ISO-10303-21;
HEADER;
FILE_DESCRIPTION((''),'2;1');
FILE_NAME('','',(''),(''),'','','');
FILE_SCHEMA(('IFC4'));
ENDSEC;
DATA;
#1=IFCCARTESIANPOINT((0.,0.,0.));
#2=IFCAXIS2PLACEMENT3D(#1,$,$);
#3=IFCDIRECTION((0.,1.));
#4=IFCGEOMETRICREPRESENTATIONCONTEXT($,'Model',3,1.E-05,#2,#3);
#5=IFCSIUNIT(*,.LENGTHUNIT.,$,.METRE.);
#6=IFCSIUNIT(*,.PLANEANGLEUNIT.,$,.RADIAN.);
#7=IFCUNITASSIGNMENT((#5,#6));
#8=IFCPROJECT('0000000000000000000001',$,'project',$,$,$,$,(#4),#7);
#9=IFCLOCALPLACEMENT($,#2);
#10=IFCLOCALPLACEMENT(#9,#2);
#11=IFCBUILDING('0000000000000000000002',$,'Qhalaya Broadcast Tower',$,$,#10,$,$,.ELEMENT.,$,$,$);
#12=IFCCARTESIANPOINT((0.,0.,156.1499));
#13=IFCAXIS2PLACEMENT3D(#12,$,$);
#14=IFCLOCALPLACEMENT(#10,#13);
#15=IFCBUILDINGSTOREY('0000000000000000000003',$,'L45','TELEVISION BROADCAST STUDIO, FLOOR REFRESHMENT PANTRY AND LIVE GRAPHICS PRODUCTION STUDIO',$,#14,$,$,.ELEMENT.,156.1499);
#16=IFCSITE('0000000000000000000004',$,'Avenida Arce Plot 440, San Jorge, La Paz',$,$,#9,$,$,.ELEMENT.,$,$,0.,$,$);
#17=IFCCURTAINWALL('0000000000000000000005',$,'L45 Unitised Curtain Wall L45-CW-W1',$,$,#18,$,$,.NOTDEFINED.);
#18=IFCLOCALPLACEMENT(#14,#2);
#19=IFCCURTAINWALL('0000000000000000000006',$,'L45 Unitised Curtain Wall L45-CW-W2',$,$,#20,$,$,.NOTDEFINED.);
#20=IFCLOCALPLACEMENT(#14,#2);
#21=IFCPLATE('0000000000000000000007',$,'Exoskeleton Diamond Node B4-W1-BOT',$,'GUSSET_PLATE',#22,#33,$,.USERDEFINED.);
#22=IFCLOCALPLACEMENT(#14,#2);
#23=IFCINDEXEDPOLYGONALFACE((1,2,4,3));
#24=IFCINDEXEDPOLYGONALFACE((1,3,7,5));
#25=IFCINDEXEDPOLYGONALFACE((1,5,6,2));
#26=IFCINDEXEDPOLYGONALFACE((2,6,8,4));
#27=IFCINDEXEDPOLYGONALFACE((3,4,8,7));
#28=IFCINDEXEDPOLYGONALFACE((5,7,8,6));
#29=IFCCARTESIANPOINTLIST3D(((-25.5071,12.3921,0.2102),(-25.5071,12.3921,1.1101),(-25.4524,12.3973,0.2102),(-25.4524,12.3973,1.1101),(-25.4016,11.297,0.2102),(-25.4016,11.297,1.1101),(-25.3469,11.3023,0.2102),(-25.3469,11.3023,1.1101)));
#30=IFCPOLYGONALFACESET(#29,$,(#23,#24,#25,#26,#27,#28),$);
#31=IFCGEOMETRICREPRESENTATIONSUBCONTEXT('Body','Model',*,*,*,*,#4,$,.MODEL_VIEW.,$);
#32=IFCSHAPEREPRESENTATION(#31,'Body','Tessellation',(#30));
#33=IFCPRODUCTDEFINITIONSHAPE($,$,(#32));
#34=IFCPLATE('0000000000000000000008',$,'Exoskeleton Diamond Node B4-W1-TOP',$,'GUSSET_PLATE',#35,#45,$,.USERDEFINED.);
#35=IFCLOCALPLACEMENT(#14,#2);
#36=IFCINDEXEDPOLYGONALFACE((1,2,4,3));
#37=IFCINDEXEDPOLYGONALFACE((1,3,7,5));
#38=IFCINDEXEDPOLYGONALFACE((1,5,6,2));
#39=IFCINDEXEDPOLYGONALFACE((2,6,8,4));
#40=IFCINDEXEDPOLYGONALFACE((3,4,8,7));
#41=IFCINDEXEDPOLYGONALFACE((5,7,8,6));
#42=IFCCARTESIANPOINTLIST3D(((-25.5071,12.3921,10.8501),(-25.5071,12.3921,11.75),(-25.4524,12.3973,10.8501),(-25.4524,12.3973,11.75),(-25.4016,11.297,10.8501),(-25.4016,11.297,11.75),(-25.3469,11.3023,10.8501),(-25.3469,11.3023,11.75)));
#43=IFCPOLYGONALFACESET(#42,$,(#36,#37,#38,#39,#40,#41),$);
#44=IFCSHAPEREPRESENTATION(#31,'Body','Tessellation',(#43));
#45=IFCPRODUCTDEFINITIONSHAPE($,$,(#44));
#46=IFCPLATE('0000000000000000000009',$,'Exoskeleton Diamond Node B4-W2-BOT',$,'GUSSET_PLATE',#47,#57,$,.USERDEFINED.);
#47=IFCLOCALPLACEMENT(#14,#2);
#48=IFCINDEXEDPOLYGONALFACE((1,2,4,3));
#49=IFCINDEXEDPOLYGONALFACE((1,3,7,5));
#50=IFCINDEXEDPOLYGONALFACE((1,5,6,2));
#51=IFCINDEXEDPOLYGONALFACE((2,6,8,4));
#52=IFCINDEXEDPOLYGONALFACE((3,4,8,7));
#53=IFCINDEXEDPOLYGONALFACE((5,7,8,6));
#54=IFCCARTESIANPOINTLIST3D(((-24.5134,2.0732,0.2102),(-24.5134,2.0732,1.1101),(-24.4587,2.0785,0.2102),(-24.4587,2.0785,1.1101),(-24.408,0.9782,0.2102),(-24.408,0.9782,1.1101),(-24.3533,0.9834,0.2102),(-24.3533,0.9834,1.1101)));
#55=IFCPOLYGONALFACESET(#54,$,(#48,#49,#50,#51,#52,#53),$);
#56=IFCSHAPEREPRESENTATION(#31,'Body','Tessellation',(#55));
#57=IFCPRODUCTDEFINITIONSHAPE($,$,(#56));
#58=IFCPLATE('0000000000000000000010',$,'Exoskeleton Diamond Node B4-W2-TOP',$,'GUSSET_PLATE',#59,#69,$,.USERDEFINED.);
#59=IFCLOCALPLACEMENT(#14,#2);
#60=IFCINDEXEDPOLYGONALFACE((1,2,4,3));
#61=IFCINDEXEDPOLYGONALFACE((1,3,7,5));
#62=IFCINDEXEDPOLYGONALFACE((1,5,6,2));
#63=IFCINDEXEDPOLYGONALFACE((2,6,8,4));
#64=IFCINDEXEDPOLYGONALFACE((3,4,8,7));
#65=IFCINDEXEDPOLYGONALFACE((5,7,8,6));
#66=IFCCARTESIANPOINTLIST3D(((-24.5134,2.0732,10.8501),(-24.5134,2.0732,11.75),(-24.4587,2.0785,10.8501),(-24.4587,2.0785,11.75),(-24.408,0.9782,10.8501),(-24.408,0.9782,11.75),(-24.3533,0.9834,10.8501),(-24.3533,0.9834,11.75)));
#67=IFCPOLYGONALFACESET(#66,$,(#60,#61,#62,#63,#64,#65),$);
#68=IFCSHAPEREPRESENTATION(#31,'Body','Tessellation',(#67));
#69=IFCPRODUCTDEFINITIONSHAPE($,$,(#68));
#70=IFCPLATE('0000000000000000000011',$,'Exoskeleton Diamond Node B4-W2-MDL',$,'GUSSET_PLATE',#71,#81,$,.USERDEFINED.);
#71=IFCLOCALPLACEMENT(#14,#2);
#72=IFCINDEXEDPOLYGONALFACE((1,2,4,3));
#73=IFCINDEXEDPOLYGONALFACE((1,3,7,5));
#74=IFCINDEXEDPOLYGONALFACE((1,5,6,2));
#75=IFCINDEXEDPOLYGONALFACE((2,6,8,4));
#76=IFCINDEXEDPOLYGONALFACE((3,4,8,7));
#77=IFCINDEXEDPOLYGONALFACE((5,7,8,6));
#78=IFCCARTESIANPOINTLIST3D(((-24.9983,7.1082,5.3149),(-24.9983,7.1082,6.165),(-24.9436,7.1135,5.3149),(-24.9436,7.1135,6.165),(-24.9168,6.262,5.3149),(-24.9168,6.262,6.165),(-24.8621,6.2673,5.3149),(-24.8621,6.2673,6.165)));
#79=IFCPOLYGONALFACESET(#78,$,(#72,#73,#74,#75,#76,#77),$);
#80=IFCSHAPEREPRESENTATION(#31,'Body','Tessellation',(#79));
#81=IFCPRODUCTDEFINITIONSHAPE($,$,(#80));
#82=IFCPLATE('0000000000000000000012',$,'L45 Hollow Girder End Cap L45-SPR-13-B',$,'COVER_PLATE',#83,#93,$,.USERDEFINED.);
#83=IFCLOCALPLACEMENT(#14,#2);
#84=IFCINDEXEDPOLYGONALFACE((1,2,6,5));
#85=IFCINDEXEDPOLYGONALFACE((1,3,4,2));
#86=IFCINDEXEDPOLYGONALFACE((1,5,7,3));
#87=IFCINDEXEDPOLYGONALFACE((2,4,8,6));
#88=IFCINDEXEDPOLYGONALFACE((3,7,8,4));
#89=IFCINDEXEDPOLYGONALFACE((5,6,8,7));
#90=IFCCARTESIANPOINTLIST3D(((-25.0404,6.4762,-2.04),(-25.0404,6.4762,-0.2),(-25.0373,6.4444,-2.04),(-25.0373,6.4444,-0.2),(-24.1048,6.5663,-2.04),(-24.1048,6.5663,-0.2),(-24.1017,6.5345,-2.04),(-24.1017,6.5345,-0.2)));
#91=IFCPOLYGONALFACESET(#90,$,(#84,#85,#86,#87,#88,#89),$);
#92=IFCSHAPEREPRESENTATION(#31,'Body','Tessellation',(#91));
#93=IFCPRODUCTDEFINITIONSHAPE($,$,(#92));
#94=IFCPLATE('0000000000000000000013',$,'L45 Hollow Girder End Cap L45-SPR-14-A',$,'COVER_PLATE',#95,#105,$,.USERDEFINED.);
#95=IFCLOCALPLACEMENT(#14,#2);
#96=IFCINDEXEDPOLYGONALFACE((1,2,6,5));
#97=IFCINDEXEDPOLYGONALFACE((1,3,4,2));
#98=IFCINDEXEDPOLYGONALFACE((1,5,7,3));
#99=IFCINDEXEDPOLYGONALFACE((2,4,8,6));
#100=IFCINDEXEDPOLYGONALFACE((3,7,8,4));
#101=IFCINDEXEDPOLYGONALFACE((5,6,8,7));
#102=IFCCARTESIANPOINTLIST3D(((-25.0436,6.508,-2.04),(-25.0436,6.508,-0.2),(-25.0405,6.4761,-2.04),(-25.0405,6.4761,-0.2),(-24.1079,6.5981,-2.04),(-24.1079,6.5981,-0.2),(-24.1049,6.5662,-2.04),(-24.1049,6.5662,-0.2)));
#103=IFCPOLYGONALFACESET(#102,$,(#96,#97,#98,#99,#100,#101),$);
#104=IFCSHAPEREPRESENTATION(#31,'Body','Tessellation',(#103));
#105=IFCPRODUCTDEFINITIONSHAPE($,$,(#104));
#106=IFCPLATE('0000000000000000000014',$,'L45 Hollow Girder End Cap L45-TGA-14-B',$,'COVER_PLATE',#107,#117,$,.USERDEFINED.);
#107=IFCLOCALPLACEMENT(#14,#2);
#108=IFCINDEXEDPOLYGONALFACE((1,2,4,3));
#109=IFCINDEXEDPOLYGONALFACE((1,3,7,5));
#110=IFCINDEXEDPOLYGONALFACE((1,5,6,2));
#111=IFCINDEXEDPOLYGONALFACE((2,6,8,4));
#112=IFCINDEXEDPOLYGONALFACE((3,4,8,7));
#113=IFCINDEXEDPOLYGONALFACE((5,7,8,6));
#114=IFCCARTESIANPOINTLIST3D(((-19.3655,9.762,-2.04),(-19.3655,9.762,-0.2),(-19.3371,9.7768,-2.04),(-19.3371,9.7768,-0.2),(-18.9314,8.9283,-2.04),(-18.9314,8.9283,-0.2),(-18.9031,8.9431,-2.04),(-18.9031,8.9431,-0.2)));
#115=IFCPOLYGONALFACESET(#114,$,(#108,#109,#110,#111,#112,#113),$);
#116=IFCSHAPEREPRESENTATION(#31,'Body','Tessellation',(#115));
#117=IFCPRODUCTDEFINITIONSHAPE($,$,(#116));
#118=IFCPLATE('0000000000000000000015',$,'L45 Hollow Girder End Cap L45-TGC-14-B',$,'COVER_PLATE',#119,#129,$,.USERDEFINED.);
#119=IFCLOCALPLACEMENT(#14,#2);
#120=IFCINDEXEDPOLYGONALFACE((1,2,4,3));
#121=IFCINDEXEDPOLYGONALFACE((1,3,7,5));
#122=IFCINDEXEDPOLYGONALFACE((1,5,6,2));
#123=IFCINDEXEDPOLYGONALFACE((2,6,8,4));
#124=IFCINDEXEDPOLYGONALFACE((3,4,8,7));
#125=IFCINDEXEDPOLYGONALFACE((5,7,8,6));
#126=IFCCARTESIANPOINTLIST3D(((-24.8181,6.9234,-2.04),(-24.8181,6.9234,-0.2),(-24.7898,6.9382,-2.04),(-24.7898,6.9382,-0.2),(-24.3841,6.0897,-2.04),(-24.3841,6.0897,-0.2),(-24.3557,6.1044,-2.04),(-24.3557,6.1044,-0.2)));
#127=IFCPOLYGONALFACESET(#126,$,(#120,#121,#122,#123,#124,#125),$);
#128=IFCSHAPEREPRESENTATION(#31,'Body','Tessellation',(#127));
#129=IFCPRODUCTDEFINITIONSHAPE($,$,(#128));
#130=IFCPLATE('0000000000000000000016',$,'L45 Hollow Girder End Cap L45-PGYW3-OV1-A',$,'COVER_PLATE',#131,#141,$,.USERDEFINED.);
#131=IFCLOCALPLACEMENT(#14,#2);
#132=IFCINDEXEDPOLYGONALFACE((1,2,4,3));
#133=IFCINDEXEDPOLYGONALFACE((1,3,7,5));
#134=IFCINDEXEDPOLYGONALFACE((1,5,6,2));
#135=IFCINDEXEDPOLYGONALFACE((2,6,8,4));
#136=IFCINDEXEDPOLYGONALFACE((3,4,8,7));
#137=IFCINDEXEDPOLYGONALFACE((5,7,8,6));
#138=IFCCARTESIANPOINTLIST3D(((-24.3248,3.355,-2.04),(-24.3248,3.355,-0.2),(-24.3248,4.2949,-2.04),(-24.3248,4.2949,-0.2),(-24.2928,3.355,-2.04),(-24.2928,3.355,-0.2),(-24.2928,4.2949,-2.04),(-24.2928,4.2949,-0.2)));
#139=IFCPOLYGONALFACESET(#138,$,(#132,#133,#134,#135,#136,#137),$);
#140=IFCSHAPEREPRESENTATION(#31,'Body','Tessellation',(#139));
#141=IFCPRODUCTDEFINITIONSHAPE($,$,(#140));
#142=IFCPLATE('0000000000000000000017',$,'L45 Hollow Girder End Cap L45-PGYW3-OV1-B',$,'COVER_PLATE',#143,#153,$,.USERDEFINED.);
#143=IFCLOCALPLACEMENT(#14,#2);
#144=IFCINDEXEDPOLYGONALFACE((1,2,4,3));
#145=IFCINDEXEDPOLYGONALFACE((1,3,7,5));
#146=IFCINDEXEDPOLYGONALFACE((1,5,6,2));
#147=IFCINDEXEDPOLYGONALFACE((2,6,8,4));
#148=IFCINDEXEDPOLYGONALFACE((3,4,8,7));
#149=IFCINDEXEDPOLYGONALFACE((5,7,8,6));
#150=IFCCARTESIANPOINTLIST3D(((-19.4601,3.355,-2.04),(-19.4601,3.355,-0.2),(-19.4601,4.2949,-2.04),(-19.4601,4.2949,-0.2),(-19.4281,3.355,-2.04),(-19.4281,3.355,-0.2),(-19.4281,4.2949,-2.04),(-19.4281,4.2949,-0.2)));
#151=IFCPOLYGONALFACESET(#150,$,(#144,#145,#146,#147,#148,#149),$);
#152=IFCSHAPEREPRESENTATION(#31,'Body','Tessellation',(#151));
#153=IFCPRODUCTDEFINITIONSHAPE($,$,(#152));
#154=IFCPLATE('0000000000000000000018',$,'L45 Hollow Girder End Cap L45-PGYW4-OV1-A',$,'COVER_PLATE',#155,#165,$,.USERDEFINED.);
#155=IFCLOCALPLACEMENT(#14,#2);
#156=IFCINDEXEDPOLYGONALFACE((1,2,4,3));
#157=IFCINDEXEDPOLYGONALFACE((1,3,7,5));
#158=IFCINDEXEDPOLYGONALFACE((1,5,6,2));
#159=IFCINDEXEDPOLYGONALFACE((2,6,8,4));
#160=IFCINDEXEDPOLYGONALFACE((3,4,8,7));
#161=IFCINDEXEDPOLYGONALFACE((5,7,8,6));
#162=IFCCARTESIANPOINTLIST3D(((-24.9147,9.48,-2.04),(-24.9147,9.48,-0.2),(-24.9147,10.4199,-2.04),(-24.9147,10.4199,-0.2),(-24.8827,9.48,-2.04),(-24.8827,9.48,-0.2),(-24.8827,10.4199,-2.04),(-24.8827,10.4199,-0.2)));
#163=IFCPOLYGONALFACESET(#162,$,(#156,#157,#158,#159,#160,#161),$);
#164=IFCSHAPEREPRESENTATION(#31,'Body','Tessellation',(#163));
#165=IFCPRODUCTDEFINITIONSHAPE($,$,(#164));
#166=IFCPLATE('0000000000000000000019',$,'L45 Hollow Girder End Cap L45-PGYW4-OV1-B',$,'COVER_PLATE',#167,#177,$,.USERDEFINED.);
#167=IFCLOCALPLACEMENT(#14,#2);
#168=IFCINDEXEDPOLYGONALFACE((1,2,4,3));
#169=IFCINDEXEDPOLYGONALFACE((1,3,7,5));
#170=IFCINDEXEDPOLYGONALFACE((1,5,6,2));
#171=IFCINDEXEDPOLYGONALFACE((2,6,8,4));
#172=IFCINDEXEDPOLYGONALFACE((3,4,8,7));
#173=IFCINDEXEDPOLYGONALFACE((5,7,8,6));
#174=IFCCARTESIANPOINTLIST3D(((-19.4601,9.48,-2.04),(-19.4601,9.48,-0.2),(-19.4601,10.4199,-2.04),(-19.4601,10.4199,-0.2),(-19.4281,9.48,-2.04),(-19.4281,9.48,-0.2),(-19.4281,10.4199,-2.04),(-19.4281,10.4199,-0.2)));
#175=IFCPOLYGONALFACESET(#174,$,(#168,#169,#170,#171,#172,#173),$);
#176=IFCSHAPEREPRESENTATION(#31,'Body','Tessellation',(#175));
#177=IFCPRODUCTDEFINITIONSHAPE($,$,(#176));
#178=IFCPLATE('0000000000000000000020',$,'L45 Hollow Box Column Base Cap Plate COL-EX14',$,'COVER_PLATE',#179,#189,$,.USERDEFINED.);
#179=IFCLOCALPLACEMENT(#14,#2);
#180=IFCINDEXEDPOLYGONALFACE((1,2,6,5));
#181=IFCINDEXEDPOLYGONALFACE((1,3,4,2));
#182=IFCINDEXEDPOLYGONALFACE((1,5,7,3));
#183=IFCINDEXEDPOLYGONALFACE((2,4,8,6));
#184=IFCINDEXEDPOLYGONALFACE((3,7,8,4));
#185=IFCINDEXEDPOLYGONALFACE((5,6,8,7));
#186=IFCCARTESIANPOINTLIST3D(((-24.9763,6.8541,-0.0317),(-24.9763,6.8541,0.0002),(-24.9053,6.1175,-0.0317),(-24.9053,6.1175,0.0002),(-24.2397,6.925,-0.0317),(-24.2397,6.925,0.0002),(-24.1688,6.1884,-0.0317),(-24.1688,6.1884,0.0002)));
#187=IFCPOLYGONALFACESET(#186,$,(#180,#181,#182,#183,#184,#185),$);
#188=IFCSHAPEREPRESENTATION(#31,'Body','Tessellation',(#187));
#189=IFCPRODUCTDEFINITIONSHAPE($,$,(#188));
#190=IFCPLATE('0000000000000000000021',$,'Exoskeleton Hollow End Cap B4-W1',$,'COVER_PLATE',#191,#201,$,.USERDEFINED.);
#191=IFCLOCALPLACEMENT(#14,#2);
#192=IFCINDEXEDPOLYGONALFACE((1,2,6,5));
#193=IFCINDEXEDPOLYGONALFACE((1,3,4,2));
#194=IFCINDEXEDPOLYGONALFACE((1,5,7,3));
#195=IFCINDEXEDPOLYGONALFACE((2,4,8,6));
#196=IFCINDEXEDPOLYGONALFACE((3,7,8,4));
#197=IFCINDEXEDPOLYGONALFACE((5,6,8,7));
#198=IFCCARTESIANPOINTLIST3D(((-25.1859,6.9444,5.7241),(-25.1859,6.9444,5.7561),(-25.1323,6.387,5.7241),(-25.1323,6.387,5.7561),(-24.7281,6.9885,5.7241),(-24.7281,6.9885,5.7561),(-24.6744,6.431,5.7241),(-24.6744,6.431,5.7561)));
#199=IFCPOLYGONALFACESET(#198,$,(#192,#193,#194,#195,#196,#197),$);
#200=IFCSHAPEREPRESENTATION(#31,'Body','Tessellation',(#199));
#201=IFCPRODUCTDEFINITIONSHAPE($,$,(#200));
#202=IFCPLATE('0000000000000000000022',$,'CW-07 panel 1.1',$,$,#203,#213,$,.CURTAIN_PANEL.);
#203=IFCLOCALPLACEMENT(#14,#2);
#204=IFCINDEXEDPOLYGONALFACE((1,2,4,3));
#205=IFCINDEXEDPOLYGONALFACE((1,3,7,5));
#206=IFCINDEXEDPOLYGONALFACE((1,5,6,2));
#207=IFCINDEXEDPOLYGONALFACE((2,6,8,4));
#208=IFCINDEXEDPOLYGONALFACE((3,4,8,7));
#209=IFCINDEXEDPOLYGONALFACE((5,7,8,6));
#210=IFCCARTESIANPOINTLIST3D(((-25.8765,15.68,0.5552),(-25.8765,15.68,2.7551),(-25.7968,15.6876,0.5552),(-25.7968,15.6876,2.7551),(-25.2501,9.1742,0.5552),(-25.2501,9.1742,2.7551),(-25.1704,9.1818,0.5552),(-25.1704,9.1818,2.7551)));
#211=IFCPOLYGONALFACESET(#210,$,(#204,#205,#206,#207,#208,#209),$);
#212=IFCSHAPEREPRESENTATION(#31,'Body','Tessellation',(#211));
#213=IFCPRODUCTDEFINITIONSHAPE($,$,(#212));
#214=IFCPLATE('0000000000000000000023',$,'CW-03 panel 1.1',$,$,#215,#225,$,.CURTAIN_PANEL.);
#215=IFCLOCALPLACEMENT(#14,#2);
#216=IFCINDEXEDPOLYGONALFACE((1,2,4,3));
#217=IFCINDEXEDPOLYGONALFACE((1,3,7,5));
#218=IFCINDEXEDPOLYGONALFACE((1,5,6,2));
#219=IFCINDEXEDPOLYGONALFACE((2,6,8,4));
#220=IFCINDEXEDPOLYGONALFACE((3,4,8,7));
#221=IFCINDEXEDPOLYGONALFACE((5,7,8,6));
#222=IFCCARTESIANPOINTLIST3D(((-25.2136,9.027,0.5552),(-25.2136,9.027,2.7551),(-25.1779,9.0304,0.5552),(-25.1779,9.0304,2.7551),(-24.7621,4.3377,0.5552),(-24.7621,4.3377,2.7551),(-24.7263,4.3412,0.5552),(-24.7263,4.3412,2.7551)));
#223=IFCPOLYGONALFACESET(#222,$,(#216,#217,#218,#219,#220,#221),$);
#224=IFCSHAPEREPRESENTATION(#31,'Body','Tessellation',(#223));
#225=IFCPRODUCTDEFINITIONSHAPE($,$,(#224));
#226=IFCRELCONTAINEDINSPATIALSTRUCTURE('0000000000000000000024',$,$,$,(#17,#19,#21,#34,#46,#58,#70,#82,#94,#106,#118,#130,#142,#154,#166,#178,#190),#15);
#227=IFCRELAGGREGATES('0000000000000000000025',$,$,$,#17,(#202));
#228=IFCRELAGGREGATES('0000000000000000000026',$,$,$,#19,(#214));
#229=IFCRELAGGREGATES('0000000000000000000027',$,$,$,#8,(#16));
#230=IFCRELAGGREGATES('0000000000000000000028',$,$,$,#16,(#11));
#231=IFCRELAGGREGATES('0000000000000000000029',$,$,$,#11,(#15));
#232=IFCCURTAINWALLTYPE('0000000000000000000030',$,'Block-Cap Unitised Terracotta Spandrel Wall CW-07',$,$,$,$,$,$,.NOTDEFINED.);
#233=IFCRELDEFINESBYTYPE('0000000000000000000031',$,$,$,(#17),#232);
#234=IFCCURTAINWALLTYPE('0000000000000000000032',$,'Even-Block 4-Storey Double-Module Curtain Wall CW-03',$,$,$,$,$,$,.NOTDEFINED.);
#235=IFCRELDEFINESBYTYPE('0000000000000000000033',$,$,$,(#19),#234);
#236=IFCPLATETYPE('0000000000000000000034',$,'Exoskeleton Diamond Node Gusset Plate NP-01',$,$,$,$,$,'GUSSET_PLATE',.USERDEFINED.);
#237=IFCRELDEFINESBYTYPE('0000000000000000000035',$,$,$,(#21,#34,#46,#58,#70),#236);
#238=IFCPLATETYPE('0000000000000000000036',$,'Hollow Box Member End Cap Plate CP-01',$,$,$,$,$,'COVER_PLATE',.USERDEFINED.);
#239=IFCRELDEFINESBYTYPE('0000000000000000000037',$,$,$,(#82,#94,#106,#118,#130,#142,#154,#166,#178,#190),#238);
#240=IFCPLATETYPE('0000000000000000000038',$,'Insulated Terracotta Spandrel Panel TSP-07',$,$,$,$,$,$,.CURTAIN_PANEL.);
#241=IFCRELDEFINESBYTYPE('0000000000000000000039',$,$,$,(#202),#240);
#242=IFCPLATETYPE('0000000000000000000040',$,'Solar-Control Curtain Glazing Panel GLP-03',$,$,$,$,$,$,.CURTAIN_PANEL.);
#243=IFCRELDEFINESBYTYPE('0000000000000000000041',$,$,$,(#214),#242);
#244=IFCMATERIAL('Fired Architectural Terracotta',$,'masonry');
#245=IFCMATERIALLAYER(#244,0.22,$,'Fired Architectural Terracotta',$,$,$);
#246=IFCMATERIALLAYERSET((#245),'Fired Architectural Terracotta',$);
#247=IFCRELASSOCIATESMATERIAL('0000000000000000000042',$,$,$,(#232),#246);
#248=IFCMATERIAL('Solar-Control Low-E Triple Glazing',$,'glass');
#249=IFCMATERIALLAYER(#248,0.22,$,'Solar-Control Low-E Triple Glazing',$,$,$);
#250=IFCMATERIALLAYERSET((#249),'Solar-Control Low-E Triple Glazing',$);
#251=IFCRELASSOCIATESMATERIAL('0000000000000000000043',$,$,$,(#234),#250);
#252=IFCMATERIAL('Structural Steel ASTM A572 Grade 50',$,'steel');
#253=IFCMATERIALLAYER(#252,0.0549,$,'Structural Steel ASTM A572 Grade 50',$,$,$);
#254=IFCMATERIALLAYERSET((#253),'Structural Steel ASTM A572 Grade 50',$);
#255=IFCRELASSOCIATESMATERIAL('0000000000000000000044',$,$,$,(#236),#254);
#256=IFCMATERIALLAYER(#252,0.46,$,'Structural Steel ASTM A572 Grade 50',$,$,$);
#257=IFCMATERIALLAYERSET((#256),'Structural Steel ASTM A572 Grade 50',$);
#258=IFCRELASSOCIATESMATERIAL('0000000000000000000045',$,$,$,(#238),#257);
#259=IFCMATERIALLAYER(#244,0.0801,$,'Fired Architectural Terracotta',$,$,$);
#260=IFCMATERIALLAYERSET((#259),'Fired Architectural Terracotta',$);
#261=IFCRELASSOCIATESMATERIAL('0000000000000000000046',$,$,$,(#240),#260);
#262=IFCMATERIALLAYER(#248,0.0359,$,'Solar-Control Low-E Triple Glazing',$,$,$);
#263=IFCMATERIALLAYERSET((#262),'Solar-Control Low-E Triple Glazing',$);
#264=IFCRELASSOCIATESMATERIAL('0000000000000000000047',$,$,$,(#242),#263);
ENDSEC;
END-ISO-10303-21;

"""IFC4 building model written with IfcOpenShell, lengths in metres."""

from ifc_helpers import new_model, si_unit, direction, frame, origin, origin_2d, place, context, subcontext, project, spatial, rectangle, extrude, material, layer, layer_set, type_object, element, aggregate, save


model = new_model("IFC4")

# Units and contexts
model_context = context("Model", 3, precision=1e-05, world=origin(), true_north=direction((0.0, 1.0)))
body_context = subcontext(model_context, "Body", "Model", "MODEL_VIEW")
ifc_project = project(units=[si_unit("LENGTHUNIT", "METRE"), si_unit("PLANEANGLEUNIT", "RADIAN")], contexts=[model_context])

# Site, building, storey
site_placement = place(None, origin())
site = spatial("IfcSite", under=ifc_project, at=site_placement, Name="Avenida Arce Plot 440, San Jorge, La Paz", CompositionType="ELEMENT", RefElevation=0.0)
building_placement = place(site_placement, origin())
building = spatial("IfcBuilding", under=site, at=building_placement, Name="Qhalaya Broadcast Tower", CompositionType="ELEMENT")
storey_placement = place(building_placement, frame((0.0, 0.0, 156.1499)))
storey = spatial("IfcBuildingStorey", under=building, at=storey_placement, Name="L45", Description="TELEVISION BROADCAST STUDIO, FLOOR REFRESHMENT PANTRY AND LIVE GRAPHICS PRODUCTION STUDIO", CompositionType="ELEMENT", Elevation=156.1499)

# Shared definitions
ifc_material_1 = material(Name="Structural Steel ASTM A572 Grade 50", Category="steel")

# Curtain wall
ifc_material_2 = material(Name="Fired Architectural Terracotta", Category="masonry")
ifc_layer_1 = layer(ifc_material_2, 0.22, Name="Fired Architectural Terracotta")
ifc_layer_set_1 = layer_set([ifc_layer_1], Name="Fired Architectural Terracotta")
curtain_wall_type_1 = type_object("IfcCurtainWallType", Name="Block-Cap Unitised Terracotta Spandrel Wall CW-07", PredefinedType="NOTDEFINED", material=ifc_layer_set_1)
curtain_wall_1_placement = place(storey_placement, origin())
curtain_wall_1 = element("IfcCurtainWall", 1, at=curtain_wall_1_placement, inside=storey, type_object=curtain_wall_type_1, Name="L45 Unitised Curtain Wall L45-CW-W1", PredefinedType="NOTDEFINED")

# Curtain wall
ifc_material_3 = material(Name="Solar-Control Low-E Triple Glazing", Category="glass")
ifc_layer_2 = layer(ifc_material_3, 0.22, Name="Solar-Control Low-E Triple Glazing")
ifc_layer_set_2 = layer_set([ifc_layer_2], Name="Solar-Control Low-E Triple Glazing")
curtain_wall_type_2 = type_object("IfcCurtainWallType", Name="Even-Block 4-Storey Double-Module Curtain Wall CW-03", PredefinedType="NOTDEFINED", material=ifc_layer_set_2)
curtain_wall_2_placement = place(storey_placement, origin())
curtain_wall_2 = element("IfcCurtainWall", 2, at=curtain_wall_2_placement, inside=storey, type_object=curtain_wall_type_2, Name="L45 Unitised Curtain Wall L45-CW-W2", PredefinedType="NOTDEFINED")

# Plates
ifc_layer_3 = layer(ifc_material_1, 0.0549, Name="Structural Steel ASTM A572 Grade 50")
ifc_layer_set_3 = layer_set([ifc_layer_3], Name="Structural Steel ASTM A572 Grade 50")
plate_type_1 = type_object("IfcPlateType", Name="Exoskeleton Diamond Node Gusset Plate NP-01", ElementType="GUSSET_PLATE", PredefinedType="USERDEFINED", material=ifc_layer_set_3)
for number, where, z_axis, x_axis, name in (
    (3, (-25.427, 11.8472, 0.2102), (0.0, 0.0, 1.0), (-0.095846, 0.995396, 0.0), "Exoskeleton Diamond Node B4-W1-BOT"),
    (4, (-25.427, 11.8472, 10.8501), (0.0, 0.0, 1.0), (-0.095846, 0.995396, 0.0), "Exoskeleton Diamond Node B4-W1-TOP"),
    (5, (-24.4333, 1.5283, 0.2102), (0.0, 0.0, 1.0), (-0.095846, 0.995396, 0.0), "Exoskeleton Diamond Node B4-W2-BOT"),
    (6, (-24.4333, 1.5283, 10.8501), (0.0, 0.0, 1.0), (-0.095846, 0.995396, 0.0), "Exoskeleton Diamond Node B4-W2-TOP"),
):
    element("IfcPlate", number, at=place(storey_placement, frame(where, z_axis=z_axis, x_axis=x_axis)), inside=storey, type_object=plate_type_1, Name=name, ObjectType="GUSSET_PLATE", PredefinedType="USERDEFINED", context=body_context, shape_type="SweptSolid", body=[
        extrude(rectangle(XDim=1.1001, YDim=0.0549, at=origin_2d()), origin(), (0.0, 0.0, 1.0), 0.8999),
    ])
plate_1_placement = place(storey_placement, frame((-24.9302, 6.6877, 5.3149), z_axis=(0.0, 0.0, 1.0), x_axis=(-0.095846, 0.995396, 0.0)))
element("IfcPlate", 7, at=plate_1_placement, inside=storey, type_object=plate_type_1, Name="Exoskeleton Diamond Node B4-W2-MDL", ObjectType="GUSSET_PLATE", PredefinedType="USERDEFINED", context=body_context, shape_type="SweptSolid", body=[
    extrude(rectangle(XDim=0.8501, YDim=0.0549, at=origin_2d()), origin(), (0.0, 0.0, 1.0), 0.8501),
])
ifc_layer_4 = layer(ifc_material_1, 0.46, Name="Structural Steel ASTM A572 Grade 50")
ifc_layer_set_4 = layer_set([ifc_layer_4], Name="Structural Steel ASTM A572 Grade 50")
plate_type_2 = type_object("IfcPlateType", Name="Hollow Box Member End Cap Plate CP-01", ElementType="COVER_PLATE", PredefinedType="USERDEFINED", material=ifc_layer_set_4)
for number, where, z_axis, x_axis, name in (
    (8, (-24.571, 6.5054, -2.04), (0.0, 0.0, 1.0), (0.995396, 0.095846, 0.0), "L45 Hollow Girder End Cap L45-SPR-13-B"),
    (9, (-24.5742, 6.5371, -2.04), (0.0, 0.0, 1.0), (0.995396, 0.095846, 0.0), "L45 Hollow Girder End Cap L45-SPR-14-A"),
    (10, (-19.1343, 9.3525, -2.04), (0.0, 0.0, 1.0), (0.461795, -0.886987, 0.0), "L45 Hollow Girder End Cap L45-TGA-14-B"),
    (11, (-24.5869, 6.5139, -2.04), (0.0, 0.0, 1.0), (0.461795, -0.886987, 0.0), "L45 Hollow Girder End Cap L45-TGC-14-B"),
    (12, (-24.3088, 3.825, -2.04), (0.0, 0.0, 1.0), (0.0, 1.0, 0.0), "L45 Hollow Girder End Cap L45-PGYW3-OV1-A"),
    (13, (-19.4441, 3.825, -2.04), (0.0, 0.0, 1.0), (0.0, 1.0, 0.0), "L45 Hollow Girder End Cap L45-PGYW3-OV1-B"),
    (14, (-24.8987, 9.95, -2.04), (0.0, 0.0, 1.0), (0.0, 1.0, 0.0), "L45 Hollow Girder End Cap L45-PGYW4-OV1-A"),
    (15, (-19.4441, 9.95, -2.04), (0.0, 0.0, 1.0), (0.0, 1.0, 0.0), "L45 Hollow Girder End Cap L45-PGYW4-OV1-B"),
):
    element("IfcPlate", number, at=place(storey_placement, frame(where, z_axis=z_axis, x_axis=x_axis)), inside=storey, type_object=plate_type_2, Name=name, ObjectType="COVER_PLATE", PredefinedType="USERDEFINED", context=body_context, shape_type="SweptSolid", body=[
        extrude(rectangle(XDim=0.9399, YDim=0.032, at=origin_2d()), origin(), (0.0, 0.0, 1.0), 1.8401),
    ])
plate_2_placement = place(storey_placement, frame((-24.5725, 6.5212, -0.0317), z_axis=(0.0, 0.0, 1.0), x_axis=(-0.095846, 0.995396, 0.0)))
element("IfcPlate", 16, at=plate_2_placement, inside=storey, type_object=plate_type_2, Name="L45 Hollow Box Column Base Cap Plate COL-EX14", ObjectType="COVER_PLATE", PredefinedType="USERDEFINED", context=body_context, shape_type="SweptSolid", body=[
    extrude(rectangle(XDim=0.74, YDim=0.74, at=origin_2d()), origin(), (0.0, 0.0, 1.0), 0.032),
])
plate_3_placement = place(storey_placement, frame((-24.9302, 6.6877, 5.7241), z_axis=(0.0, 0.0, 1.0), x_axis=(-0.095846, 0.995396, 0.0)))
element("IfcPlate", 17, at=plate_3_placement, inside=storey, type_object=plate_type_2, Name="Exoskeleton Hollow End Cap B4-W1", ObjectType="COVER_PLATE", PredefinedType="USERDEFINED", context=body_context, shape_type="SweptSolid", body=[
    extrude(rectangle(XDim=0.5601, YDim=0.46, at=origin_2d()), origin(), (0.0, 0.0, 1.0), 0.032),
])

# Plates
ifc_layer_5 = layer(ifc_material_2, 0.0801, Name="Fired Architectural Terracotta")
ifc_layer_set_5 = layer_set([ifc_layer_5], Name="Fired Architectural Terracotta")
plate_type_3 = type_object("IfcPlateType", Name="Insulated Terracotta Spandrel Panel TSP-07", PredefinedType="CURTAIN_PANEL", material=ifc_layer_set_5)
plate_4_placement = place(storey_placement, frame((-25.5234, 12.4309, 0.5552), z_axis=(0.0, 0.0, 1.0), x_axis=(0.095842, -0.995397, 0.0)))
plate_4 = element("IfcPlate", 18, at=plate_4_placement, type_object=plate_type_3, Name="CW-07 panel 1.1", PredefinedType="CURTAIN_PANEL", context=body_context, shape_type="SweptSolid", body=[
    extrude(rectangle(XDim=6.5359, YDim=0.0801, at=origin_2d()), origin(), (0.0, 0.0, 1.0), 2.2),
])
aggregate(curtain_wall_1, [plate_4])
ifc_layer_6 = layer(ifc_material_3, 0.0359, Name="Solar-Control Low-E Triple Glazing")
ifc_layer_set_6 = layer_set([ifc_layer_6], Name="Solar-Control Low-E Triple Glazing")
plate_type_4 = type_object("IfcPlateType", Name="Solar-Control Curtain Glazing Panel GLP-03", PredefinedType="CURTAIN_PANEL", material=ifc_layer_set_6)
plate_5_placement = place(storey_placement, frame((-24.97, 6.6841, 0.5552), z_axis=(0.0, 0.0, 1.0), x_axis=(0.095845, -0.995396, 0.0)))
plate_5 = element("IfcPlate", 19, at=plate_5_placement, type_object=plate_type_4, Name="CW-03 panel 1.1", PredefinedType="CURTAIN_PANEL", context=body_context, shape_type="SweptSolid", body=[
    extrude(rectangle(XDim=4.7109, YDim=0.0359, at=origin_2d()), origin(), (0.0, 0.0, 1.0), 2.2),
])
aggregate(curtain_wall_2, [plate_5])

save(model, "model.ifc")
